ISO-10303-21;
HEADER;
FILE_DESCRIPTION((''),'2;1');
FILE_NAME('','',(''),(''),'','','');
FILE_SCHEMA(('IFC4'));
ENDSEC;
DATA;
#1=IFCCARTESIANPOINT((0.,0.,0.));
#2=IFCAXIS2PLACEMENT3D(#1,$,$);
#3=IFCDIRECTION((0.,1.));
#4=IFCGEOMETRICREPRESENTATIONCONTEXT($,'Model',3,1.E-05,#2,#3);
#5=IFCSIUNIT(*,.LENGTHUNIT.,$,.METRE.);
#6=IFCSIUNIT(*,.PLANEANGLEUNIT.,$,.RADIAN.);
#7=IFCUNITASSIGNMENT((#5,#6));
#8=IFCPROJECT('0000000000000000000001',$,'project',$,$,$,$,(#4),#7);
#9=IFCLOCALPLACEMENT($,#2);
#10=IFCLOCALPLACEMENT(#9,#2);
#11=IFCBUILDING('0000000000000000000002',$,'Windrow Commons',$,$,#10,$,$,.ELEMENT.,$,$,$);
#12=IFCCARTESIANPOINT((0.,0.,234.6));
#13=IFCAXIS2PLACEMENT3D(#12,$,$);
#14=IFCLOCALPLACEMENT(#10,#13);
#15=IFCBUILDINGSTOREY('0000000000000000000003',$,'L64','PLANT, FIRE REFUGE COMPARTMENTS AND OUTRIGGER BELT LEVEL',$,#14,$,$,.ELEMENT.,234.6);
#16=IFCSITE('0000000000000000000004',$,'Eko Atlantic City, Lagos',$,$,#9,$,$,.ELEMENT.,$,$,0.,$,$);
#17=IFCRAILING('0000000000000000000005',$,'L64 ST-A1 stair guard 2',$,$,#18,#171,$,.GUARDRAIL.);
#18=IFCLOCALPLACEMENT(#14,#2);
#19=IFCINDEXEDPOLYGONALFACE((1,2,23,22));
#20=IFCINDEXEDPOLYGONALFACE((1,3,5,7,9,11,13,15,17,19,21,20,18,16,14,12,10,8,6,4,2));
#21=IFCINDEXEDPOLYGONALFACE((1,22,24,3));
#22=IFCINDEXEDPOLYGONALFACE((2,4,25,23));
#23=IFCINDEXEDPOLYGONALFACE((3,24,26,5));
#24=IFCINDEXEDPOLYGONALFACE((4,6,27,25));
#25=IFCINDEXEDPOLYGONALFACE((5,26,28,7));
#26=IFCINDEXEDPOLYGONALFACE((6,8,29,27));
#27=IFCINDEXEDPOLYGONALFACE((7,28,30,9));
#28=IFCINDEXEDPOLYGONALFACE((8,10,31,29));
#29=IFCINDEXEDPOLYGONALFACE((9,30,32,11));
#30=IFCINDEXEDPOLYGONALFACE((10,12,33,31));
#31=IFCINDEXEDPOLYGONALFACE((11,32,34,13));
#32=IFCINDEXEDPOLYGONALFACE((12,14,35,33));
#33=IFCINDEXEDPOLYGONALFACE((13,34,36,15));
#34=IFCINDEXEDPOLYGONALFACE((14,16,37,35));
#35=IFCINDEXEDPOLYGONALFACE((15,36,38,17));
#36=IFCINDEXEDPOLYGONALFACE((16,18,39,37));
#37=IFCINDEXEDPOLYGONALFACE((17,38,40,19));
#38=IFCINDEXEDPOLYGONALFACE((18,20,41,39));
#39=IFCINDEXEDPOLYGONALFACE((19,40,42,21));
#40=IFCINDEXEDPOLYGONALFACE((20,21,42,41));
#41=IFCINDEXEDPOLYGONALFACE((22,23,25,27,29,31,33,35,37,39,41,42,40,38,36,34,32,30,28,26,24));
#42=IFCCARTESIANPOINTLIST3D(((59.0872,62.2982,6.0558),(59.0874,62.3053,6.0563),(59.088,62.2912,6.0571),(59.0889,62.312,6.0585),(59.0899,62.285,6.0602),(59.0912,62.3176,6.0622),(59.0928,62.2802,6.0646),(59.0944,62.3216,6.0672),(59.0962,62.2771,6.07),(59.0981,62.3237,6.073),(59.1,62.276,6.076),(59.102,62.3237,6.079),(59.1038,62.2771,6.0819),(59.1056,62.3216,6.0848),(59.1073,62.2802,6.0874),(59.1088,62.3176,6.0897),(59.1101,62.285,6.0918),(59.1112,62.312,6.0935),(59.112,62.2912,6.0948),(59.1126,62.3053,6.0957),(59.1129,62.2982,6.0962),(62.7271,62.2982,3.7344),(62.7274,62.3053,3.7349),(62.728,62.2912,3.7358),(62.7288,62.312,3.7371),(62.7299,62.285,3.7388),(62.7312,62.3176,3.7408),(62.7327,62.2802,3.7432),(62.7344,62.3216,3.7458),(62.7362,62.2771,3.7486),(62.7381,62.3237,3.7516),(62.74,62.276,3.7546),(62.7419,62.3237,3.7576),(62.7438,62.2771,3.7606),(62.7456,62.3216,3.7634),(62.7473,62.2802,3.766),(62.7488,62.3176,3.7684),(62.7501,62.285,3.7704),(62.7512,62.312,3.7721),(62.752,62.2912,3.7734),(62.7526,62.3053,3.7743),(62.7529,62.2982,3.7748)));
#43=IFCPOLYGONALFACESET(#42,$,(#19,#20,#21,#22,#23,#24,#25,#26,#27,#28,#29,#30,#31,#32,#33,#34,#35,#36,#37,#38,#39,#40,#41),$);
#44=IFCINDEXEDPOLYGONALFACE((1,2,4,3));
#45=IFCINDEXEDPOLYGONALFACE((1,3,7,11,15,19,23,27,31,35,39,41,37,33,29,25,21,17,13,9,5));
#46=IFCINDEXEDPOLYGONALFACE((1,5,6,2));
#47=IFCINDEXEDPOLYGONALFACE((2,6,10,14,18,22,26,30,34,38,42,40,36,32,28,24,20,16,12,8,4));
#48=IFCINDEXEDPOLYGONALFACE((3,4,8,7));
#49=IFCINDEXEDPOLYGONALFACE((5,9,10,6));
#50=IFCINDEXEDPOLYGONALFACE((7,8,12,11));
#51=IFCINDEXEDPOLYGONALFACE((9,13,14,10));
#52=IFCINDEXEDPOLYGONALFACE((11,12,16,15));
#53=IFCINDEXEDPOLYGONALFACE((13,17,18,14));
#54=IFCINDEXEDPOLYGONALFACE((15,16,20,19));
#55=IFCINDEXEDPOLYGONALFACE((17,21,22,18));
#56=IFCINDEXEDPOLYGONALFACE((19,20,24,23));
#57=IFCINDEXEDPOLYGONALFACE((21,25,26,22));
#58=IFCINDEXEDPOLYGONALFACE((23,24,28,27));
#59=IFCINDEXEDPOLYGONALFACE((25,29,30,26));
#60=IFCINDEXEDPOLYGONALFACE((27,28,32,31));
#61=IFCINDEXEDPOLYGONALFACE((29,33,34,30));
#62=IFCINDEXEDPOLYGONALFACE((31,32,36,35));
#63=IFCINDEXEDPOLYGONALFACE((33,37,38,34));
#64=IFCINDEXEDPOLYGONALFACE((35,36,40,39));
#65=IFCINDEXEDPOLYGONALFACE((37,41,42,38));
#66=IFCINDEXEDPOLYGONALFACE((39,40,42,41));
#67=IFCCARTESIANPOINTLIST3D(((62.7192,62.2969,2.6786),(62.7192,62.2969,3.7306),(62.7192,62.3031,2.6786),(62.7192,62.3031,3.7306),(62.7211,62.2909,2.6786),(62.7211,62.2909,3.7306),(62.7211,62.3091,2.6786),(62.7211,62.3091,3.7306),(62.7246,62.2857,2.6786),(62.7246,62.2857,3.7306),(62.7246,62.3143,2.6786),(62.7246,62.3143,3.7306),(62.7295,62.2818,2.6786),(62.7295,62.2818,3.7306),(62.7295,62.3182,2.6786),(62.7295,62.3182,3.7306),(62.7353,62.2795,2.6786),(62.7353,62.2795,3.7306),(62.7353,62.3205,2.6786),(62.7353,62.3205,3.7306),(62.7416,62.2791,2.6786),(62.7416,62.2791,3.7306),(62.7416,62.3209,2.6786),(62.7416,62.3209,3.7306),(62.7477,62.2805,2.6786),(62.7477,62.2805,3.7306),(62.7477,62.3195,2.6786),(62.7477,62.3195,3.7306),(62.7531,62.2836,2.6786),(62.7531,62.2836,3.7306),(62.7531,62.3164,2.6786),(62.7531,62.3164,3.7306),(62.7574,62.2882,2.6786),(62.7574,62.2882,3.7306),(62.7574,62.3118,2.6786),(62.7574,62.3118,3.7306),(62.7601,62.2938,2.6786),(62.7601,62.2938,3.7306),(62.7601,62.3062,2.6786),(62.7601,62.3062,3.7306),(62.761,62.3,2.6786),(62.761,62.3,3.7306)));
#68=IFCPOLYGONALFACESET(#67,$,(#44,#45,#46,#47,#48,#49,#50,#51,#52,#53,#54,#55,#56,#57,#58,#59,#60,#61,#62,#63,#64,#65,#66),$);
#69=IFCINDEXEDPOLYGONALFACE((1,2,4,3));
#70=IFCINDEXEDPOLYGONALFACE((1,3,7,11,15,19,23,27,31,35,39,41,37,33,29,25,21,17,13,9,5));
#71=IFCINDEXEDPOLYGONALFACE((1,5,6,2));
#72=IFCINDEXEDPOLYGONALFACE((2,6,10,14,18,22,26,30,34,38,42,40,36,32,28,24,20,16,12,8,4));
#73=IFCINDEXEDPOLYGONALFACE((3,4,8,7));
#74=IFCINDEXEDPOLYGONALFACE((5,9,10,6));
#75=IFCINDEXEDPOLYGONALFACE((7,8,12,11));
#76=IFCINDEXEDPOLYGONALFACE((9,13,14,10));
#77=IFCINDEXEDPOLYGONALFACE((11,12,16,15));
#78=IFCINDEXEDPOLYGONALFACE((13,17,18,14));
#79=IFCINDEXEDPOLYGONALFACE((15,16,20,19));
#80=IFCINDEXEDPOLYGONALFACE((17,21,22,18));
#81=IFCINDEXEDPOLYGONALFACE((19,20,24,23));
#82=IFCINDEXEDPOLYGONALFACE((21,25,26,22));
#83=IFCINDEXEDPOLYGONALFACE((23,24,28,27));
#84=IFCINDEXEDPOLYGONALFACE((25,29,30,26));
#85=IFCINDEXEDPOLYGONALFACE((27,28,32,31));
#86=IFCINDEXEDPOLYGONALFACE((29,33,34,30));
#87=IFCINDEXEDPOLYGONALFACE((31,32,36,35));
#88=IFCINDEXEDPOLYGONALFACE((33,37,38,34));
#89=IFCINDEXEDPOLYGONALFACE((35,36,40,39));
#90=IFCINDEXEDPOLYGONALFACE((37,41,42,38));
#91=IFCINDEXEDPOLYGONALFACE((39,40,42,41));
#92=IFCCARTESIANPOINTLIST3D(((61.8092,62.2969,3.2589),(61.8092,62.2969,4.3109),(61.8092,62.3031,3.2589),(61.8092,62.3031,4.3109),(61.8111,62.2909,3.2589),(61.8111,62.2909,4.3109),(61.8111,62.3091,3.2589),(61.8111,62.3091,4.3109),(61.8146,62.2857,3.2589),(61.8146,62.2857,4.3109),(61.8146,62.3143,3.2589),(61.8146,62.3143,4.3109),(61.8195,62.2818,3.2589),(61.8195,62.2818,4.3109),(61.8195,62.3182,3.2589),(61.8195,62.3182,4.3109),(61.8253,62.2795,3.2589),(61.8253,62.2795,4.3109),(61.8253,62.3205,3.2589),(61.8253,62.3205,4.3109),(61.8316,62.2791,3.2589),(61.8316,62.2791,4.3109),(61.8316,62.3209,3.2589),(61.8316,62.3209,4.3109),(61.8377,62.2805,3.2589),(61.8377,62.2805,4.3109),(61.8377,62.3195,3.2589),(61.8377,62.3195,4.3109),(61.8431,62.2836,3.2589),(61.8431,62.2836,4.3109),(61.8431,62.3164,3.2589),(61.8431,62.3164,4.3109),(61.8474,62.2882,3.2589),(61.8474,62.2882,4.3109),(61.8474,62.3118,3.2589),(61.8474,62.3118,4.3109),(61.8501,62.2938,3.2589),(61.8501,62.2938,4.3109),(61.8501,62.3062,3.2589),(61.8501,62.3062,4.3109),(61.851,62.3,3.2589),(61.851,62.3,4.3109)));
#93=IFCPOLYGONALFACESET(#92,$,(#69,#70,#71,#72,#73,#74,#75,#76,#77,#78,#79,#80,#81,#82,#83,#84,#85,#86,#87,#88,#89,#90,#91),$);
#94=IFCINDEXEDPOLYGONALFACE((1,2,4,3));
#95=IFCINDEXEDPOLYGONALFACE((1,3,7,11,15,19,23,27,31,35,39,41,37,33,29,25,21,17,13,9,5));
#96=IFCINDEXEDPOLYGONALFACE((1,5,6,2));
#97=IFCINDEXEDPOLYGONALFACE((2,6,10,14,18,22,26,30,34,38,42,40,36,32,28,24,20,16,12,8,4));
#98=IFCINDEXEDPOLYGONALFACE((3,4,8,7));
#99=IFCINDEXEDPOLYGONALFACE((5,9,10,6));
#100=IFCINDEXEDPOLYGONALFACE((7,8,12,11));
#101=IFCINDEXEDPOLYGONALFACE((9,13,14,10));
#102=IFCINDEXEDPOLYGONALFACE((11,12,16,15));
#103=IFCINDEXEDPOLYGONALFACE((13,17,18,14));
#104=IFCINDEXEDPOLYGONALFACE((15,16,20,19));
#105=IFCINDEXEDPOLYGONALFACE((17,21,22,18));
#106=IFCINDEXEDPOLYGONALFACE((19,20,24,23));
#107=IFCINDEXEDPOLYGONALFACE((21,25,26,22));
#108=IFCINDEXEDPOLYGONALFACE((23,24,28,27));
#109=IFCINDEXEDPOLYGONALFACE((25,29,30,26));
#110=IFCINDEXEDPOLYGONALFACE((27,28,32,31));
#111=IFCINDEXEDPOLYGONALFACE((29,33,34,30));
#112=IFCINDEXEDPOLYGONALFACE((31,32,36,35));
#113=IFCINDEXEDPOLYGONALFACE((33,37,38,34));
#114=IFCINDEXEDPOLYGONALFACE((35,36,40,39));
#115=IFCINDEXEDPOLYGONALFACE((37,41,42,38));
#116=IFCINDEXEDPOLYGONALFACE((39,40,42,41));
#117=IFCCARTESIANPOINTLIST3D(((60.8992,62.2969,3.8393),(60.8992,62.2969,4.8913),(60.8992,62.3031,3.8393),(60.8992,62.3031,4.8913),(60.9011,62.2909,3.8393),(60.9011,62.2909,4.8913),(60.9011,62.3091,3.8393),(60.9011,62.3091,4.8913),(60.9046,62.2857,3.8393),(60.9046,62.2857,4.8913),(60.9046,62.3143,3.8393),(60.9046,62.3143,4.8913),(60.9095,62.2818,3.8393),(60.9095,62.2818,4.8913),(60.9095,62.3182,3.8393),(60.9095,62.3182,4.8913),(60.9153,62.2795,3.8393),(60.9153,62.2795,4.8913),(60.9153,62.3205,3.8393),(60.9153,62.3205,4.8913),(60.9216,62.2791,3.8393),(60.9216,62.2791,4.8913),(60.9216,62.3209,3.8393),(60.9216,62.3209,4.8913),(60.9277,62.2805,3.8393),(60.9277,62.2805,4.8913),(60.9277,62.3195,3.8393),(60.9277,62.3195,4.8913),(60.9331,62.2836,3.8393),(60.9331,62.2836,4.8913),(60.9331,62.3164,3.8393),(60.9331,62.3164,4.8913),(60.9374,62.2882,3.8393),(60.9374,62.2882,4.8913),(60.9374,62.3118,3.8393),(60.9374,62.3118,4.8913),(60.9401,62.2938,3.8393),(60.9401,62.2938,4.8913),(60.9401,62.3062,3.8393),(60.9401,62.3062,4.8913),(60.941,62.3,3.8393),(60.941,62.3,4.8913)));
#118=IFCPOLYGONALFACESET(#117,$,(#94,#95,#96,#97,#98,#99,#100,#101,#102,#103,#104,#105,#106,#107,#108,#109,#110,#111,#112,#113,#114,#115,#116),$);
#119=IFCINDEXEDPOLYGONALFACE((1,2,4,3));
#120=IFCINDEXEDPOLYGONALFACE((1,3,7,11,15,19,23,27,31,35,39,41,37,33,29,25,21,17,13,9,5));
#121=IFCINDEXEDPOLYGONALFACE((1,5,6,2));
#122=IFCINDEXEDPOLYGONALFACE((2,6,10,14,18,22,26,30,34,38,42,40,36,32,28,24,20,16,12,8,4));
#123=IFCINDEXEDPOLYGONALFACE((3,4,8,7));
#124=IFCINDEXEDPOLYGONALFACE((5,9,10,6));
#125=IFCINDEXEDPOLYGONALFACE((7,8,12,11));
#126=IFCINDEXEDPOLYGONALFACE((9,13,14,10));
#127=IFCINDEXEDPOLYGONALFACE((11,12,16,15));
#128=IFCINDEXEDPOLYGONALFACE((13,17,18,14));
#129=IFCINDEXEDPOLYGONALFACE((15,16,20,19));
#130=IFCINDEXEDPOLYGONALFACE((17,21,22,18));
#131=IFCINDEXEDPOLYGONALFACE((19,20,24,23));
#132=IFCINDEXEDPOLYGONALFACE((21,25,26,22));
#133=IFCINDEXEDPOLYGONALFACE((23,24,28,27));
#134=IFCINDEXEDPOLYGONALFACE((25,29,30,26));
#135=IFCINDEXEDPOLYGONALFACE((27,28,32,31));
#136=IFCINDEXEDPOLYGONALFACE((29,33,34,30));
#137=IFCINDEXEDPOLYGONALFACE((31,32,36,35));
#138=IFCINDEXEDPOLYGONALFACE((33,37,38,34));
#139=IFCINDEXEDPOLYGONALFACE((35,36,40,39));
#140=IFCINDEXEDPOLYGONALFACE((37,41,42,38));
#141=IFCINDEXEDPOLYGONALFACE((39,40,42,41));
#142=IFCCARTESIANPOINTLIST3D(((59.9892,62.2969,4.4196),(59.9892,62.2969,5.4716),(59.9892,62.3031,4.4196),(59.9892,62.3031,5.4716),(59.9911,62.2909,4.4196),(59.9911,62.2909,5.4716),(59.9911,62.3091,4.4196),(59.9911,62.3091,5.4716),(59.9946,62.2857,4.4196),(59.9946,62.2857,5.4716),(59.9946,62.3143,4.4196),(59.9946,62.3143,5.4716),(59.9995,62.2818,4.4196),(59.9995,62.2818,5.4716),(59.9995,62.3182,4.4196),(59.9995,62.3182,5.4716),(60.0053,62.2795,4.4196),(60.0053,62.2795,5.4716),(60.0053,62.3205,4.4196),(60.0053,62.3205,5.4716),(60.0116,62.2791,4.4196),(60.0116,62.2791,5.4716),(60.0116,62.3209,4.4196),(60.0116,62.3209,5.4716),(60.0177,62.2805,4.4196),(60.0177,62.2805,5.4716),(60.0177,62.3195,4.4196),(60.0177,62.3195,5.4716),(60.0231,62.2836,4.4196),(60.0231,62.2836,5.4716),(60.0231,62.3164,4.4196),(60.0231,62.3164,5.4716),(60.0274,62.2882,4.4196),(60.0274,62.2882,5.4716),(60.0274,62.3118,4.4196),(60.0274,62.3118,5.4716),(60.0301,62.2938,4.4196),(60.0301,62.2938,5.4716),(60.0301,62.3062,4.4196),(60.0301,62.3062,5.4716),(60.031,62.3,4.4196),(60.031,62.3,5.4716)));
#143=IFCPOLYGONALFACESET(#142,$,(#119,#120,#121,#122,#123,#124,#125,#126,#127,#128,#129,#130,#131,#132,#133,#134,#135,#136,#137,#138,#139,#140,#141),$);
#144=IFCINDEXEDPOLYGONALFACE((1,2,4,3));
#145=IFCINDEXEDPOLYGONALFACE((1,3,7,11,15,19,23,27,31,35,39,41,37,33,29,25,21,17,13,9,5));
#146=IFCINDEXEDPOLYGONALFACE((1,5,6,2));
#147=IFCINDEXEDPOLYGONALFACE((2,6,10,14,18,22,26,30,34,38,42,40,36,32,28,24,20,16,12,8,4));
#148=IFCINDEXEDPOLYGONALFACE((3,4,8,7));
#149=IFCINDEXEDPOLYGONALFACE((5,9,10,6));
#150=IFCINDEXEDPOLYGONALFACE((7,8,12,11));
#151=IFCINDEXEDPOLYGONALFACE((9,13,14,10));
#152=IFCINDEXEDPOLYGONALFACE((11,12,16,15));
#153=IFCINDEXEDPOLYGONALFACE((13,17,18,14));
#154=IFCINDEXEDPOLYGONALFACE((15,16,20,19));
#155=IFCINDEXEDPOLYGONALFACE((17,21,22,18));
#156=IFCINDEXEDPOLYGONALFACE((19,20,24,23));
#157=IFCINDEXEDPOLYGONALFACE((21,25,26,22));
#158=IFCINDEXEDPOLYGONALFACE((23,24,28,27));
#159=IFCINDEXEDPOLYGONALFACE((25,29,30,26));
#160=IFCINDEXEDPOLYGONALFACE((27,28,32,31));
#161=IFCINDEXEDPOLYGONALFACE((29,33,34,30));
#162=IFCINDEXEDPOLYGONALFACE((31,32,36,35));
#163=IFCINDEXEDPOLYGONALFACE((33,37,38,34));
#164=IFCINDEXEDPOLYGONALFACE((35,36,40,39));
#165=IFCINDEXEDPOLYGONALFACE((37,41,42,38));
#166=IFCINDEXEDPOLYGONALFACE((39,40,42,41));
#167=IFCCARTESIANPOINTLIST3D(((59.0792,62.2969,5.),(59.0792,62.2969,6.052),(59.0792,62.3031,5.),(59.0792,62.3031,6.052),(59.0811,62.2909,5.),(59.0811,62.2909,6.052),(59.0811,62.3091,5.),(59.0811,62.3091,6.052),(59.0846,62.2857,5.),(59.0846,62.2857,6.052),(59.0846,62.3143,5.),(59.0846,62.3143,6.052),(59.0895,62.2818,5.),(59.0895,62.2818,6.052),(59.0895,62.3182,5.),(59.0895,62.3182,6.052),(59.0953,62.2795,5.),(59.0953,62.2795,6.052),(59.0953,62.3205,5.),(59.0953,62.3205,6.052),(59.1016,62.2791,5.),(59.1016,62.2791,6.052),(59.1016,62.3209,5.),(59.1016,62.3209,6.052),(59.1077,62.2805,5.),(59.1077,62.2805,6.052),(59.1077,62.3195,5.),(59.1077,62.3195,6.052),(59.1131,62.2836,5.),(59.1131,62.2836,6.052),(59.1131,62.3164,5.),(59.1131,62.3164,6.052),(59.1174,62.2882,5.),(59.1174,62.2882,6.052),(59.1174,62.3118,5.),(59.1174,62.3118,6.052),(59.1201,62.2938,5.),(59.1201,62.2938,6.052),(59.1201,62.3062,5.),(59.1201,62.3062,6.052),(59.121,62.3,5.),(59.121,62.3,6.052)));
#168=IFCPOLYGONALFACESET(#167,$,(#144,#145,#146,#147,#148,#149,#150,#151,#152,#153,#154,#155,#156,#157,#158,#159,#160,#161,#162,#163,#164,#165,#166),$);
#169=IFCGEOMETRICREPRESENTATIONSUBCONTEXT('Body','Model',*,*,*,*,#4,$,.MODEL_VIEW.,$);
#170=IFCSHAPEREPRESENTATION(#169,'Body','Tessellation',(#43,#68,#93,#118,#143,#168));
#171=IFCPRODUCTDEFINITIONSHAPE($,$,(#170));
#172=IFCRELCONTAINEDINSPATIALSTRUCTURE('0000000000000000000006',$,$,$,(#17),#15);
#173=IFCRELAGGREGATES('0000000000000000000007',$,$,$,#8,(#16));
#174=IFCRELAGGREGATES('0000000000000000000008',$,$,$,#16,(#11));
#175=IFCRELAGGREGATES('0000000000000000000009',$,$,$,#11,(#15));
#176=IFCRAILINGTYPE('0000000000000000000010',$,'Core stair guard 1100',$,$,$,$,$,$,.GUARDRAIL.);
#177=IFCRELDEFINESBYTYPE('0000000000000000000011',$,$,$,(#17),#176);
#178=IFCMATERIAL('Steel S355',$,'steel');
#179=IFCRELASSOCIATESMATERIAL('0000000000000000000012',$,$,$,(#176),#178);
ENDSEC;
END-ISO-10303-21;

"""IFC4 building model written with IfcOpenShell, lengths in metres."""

from ifc_helpers import new_model, si_unit, direction, frame, origin, origin_2d, place, context, subcontext, project, spatial, circle, extrude, material, type_object, element, save


model = new_model("IFC4")

# Units and contexts
model_context = context("Model", 3, precision=1e-05, world=origin(), true_north=direction((0.0, 1.0)))
body_context = subcontext(model_context, "Body", "Model", "MODEL_VIEW")
ifc_project = project(units=[si_unit("LENGTHUNIT", "METRE"), si_unit("PLANEANGLEUNIT", "RADIAN")], contexts=[model_context])

# Site, building, storey
site_placement = place(None, origin())
site = spatial("IfcSite", under=ifc_project, at=site_placement, Name="Eko Atlantic City, Lagos", CompositionType="ELEMENT", RefElevation=0.0)
building_placement = place(site_placement, origin())
building = spatial("IfcBuilding", under=site, at=building_placement, Name="Windrow Commons", CompositionType="ELEMENT")
storey_placement = place(building_placement, frame((0.0, 0.0, 234.6)))
storey = spatial("IfcBuildingStorey", under=building, at=storey_placement, Name="L64", Description="PLANT, FIRE REFUGE COMPARTMENTS AND OUTRIGGER BELT LEVEL", CompositionType="ELEMENT", Elevation=234.6)

# Railing
ifc_material_1 = material(Name="Steel S355", Category="steel")
railing_type_1 = type_object("IfcRailingType", Name="Core stair guard 1100", PredefinedType="GUARDRAIL", material=ifc_material_1)
railing_1_placement = place(storey_placement, frame((62.74, 62.3, 2.6786)))
element("IfcRailing", 1, at=railing_1_placement, inside=storey, type_object=railing_type_1, Name="L64 ST-A1 stair guard 2", PredefinedType="GUARDRAIL", context=body_context, shape_type="SweptSolid", body=[
    extrude(circle(Radius=0.024, at=origin_2d()), frame((0.0, 0.0, 1.076), z_axis=(-0.843133, 0.0, 0.537706), x_axis=(0.0, -1.0, 0.0)), (0.0, 0.0, 1.0), 4.3172),
    extrude(circle(Radius=0.021, at=origin_2d()), origin(), (0.0, 0.0, 1.0), 1.052),
    extrude(circle(Radius=0.021, at=origin_2d()), frame((-0.91, 0.0, 0.5803)), (0.0, 0.0, 1.0), 1.052),
    extrude(circle(Radius=0.021, at=origin_2d()), frame((-1.82, 0.0, 1.1607)), (0.0, 0.0, 1.0), 1.052),
    extrude(circle(Radius=0.021, at=origin_2d()), frame((-2.73, 0.0, 1.741)), (0.0, 0.0, 1.0), 1.052),
    extrude(circle(Radius=0.021, at=origin_2d()), frame((-3.64, 0.0, 2.3214)), (0.0, 0.0, 1.0), 1.052),
])

save(model, "model.ifc")
